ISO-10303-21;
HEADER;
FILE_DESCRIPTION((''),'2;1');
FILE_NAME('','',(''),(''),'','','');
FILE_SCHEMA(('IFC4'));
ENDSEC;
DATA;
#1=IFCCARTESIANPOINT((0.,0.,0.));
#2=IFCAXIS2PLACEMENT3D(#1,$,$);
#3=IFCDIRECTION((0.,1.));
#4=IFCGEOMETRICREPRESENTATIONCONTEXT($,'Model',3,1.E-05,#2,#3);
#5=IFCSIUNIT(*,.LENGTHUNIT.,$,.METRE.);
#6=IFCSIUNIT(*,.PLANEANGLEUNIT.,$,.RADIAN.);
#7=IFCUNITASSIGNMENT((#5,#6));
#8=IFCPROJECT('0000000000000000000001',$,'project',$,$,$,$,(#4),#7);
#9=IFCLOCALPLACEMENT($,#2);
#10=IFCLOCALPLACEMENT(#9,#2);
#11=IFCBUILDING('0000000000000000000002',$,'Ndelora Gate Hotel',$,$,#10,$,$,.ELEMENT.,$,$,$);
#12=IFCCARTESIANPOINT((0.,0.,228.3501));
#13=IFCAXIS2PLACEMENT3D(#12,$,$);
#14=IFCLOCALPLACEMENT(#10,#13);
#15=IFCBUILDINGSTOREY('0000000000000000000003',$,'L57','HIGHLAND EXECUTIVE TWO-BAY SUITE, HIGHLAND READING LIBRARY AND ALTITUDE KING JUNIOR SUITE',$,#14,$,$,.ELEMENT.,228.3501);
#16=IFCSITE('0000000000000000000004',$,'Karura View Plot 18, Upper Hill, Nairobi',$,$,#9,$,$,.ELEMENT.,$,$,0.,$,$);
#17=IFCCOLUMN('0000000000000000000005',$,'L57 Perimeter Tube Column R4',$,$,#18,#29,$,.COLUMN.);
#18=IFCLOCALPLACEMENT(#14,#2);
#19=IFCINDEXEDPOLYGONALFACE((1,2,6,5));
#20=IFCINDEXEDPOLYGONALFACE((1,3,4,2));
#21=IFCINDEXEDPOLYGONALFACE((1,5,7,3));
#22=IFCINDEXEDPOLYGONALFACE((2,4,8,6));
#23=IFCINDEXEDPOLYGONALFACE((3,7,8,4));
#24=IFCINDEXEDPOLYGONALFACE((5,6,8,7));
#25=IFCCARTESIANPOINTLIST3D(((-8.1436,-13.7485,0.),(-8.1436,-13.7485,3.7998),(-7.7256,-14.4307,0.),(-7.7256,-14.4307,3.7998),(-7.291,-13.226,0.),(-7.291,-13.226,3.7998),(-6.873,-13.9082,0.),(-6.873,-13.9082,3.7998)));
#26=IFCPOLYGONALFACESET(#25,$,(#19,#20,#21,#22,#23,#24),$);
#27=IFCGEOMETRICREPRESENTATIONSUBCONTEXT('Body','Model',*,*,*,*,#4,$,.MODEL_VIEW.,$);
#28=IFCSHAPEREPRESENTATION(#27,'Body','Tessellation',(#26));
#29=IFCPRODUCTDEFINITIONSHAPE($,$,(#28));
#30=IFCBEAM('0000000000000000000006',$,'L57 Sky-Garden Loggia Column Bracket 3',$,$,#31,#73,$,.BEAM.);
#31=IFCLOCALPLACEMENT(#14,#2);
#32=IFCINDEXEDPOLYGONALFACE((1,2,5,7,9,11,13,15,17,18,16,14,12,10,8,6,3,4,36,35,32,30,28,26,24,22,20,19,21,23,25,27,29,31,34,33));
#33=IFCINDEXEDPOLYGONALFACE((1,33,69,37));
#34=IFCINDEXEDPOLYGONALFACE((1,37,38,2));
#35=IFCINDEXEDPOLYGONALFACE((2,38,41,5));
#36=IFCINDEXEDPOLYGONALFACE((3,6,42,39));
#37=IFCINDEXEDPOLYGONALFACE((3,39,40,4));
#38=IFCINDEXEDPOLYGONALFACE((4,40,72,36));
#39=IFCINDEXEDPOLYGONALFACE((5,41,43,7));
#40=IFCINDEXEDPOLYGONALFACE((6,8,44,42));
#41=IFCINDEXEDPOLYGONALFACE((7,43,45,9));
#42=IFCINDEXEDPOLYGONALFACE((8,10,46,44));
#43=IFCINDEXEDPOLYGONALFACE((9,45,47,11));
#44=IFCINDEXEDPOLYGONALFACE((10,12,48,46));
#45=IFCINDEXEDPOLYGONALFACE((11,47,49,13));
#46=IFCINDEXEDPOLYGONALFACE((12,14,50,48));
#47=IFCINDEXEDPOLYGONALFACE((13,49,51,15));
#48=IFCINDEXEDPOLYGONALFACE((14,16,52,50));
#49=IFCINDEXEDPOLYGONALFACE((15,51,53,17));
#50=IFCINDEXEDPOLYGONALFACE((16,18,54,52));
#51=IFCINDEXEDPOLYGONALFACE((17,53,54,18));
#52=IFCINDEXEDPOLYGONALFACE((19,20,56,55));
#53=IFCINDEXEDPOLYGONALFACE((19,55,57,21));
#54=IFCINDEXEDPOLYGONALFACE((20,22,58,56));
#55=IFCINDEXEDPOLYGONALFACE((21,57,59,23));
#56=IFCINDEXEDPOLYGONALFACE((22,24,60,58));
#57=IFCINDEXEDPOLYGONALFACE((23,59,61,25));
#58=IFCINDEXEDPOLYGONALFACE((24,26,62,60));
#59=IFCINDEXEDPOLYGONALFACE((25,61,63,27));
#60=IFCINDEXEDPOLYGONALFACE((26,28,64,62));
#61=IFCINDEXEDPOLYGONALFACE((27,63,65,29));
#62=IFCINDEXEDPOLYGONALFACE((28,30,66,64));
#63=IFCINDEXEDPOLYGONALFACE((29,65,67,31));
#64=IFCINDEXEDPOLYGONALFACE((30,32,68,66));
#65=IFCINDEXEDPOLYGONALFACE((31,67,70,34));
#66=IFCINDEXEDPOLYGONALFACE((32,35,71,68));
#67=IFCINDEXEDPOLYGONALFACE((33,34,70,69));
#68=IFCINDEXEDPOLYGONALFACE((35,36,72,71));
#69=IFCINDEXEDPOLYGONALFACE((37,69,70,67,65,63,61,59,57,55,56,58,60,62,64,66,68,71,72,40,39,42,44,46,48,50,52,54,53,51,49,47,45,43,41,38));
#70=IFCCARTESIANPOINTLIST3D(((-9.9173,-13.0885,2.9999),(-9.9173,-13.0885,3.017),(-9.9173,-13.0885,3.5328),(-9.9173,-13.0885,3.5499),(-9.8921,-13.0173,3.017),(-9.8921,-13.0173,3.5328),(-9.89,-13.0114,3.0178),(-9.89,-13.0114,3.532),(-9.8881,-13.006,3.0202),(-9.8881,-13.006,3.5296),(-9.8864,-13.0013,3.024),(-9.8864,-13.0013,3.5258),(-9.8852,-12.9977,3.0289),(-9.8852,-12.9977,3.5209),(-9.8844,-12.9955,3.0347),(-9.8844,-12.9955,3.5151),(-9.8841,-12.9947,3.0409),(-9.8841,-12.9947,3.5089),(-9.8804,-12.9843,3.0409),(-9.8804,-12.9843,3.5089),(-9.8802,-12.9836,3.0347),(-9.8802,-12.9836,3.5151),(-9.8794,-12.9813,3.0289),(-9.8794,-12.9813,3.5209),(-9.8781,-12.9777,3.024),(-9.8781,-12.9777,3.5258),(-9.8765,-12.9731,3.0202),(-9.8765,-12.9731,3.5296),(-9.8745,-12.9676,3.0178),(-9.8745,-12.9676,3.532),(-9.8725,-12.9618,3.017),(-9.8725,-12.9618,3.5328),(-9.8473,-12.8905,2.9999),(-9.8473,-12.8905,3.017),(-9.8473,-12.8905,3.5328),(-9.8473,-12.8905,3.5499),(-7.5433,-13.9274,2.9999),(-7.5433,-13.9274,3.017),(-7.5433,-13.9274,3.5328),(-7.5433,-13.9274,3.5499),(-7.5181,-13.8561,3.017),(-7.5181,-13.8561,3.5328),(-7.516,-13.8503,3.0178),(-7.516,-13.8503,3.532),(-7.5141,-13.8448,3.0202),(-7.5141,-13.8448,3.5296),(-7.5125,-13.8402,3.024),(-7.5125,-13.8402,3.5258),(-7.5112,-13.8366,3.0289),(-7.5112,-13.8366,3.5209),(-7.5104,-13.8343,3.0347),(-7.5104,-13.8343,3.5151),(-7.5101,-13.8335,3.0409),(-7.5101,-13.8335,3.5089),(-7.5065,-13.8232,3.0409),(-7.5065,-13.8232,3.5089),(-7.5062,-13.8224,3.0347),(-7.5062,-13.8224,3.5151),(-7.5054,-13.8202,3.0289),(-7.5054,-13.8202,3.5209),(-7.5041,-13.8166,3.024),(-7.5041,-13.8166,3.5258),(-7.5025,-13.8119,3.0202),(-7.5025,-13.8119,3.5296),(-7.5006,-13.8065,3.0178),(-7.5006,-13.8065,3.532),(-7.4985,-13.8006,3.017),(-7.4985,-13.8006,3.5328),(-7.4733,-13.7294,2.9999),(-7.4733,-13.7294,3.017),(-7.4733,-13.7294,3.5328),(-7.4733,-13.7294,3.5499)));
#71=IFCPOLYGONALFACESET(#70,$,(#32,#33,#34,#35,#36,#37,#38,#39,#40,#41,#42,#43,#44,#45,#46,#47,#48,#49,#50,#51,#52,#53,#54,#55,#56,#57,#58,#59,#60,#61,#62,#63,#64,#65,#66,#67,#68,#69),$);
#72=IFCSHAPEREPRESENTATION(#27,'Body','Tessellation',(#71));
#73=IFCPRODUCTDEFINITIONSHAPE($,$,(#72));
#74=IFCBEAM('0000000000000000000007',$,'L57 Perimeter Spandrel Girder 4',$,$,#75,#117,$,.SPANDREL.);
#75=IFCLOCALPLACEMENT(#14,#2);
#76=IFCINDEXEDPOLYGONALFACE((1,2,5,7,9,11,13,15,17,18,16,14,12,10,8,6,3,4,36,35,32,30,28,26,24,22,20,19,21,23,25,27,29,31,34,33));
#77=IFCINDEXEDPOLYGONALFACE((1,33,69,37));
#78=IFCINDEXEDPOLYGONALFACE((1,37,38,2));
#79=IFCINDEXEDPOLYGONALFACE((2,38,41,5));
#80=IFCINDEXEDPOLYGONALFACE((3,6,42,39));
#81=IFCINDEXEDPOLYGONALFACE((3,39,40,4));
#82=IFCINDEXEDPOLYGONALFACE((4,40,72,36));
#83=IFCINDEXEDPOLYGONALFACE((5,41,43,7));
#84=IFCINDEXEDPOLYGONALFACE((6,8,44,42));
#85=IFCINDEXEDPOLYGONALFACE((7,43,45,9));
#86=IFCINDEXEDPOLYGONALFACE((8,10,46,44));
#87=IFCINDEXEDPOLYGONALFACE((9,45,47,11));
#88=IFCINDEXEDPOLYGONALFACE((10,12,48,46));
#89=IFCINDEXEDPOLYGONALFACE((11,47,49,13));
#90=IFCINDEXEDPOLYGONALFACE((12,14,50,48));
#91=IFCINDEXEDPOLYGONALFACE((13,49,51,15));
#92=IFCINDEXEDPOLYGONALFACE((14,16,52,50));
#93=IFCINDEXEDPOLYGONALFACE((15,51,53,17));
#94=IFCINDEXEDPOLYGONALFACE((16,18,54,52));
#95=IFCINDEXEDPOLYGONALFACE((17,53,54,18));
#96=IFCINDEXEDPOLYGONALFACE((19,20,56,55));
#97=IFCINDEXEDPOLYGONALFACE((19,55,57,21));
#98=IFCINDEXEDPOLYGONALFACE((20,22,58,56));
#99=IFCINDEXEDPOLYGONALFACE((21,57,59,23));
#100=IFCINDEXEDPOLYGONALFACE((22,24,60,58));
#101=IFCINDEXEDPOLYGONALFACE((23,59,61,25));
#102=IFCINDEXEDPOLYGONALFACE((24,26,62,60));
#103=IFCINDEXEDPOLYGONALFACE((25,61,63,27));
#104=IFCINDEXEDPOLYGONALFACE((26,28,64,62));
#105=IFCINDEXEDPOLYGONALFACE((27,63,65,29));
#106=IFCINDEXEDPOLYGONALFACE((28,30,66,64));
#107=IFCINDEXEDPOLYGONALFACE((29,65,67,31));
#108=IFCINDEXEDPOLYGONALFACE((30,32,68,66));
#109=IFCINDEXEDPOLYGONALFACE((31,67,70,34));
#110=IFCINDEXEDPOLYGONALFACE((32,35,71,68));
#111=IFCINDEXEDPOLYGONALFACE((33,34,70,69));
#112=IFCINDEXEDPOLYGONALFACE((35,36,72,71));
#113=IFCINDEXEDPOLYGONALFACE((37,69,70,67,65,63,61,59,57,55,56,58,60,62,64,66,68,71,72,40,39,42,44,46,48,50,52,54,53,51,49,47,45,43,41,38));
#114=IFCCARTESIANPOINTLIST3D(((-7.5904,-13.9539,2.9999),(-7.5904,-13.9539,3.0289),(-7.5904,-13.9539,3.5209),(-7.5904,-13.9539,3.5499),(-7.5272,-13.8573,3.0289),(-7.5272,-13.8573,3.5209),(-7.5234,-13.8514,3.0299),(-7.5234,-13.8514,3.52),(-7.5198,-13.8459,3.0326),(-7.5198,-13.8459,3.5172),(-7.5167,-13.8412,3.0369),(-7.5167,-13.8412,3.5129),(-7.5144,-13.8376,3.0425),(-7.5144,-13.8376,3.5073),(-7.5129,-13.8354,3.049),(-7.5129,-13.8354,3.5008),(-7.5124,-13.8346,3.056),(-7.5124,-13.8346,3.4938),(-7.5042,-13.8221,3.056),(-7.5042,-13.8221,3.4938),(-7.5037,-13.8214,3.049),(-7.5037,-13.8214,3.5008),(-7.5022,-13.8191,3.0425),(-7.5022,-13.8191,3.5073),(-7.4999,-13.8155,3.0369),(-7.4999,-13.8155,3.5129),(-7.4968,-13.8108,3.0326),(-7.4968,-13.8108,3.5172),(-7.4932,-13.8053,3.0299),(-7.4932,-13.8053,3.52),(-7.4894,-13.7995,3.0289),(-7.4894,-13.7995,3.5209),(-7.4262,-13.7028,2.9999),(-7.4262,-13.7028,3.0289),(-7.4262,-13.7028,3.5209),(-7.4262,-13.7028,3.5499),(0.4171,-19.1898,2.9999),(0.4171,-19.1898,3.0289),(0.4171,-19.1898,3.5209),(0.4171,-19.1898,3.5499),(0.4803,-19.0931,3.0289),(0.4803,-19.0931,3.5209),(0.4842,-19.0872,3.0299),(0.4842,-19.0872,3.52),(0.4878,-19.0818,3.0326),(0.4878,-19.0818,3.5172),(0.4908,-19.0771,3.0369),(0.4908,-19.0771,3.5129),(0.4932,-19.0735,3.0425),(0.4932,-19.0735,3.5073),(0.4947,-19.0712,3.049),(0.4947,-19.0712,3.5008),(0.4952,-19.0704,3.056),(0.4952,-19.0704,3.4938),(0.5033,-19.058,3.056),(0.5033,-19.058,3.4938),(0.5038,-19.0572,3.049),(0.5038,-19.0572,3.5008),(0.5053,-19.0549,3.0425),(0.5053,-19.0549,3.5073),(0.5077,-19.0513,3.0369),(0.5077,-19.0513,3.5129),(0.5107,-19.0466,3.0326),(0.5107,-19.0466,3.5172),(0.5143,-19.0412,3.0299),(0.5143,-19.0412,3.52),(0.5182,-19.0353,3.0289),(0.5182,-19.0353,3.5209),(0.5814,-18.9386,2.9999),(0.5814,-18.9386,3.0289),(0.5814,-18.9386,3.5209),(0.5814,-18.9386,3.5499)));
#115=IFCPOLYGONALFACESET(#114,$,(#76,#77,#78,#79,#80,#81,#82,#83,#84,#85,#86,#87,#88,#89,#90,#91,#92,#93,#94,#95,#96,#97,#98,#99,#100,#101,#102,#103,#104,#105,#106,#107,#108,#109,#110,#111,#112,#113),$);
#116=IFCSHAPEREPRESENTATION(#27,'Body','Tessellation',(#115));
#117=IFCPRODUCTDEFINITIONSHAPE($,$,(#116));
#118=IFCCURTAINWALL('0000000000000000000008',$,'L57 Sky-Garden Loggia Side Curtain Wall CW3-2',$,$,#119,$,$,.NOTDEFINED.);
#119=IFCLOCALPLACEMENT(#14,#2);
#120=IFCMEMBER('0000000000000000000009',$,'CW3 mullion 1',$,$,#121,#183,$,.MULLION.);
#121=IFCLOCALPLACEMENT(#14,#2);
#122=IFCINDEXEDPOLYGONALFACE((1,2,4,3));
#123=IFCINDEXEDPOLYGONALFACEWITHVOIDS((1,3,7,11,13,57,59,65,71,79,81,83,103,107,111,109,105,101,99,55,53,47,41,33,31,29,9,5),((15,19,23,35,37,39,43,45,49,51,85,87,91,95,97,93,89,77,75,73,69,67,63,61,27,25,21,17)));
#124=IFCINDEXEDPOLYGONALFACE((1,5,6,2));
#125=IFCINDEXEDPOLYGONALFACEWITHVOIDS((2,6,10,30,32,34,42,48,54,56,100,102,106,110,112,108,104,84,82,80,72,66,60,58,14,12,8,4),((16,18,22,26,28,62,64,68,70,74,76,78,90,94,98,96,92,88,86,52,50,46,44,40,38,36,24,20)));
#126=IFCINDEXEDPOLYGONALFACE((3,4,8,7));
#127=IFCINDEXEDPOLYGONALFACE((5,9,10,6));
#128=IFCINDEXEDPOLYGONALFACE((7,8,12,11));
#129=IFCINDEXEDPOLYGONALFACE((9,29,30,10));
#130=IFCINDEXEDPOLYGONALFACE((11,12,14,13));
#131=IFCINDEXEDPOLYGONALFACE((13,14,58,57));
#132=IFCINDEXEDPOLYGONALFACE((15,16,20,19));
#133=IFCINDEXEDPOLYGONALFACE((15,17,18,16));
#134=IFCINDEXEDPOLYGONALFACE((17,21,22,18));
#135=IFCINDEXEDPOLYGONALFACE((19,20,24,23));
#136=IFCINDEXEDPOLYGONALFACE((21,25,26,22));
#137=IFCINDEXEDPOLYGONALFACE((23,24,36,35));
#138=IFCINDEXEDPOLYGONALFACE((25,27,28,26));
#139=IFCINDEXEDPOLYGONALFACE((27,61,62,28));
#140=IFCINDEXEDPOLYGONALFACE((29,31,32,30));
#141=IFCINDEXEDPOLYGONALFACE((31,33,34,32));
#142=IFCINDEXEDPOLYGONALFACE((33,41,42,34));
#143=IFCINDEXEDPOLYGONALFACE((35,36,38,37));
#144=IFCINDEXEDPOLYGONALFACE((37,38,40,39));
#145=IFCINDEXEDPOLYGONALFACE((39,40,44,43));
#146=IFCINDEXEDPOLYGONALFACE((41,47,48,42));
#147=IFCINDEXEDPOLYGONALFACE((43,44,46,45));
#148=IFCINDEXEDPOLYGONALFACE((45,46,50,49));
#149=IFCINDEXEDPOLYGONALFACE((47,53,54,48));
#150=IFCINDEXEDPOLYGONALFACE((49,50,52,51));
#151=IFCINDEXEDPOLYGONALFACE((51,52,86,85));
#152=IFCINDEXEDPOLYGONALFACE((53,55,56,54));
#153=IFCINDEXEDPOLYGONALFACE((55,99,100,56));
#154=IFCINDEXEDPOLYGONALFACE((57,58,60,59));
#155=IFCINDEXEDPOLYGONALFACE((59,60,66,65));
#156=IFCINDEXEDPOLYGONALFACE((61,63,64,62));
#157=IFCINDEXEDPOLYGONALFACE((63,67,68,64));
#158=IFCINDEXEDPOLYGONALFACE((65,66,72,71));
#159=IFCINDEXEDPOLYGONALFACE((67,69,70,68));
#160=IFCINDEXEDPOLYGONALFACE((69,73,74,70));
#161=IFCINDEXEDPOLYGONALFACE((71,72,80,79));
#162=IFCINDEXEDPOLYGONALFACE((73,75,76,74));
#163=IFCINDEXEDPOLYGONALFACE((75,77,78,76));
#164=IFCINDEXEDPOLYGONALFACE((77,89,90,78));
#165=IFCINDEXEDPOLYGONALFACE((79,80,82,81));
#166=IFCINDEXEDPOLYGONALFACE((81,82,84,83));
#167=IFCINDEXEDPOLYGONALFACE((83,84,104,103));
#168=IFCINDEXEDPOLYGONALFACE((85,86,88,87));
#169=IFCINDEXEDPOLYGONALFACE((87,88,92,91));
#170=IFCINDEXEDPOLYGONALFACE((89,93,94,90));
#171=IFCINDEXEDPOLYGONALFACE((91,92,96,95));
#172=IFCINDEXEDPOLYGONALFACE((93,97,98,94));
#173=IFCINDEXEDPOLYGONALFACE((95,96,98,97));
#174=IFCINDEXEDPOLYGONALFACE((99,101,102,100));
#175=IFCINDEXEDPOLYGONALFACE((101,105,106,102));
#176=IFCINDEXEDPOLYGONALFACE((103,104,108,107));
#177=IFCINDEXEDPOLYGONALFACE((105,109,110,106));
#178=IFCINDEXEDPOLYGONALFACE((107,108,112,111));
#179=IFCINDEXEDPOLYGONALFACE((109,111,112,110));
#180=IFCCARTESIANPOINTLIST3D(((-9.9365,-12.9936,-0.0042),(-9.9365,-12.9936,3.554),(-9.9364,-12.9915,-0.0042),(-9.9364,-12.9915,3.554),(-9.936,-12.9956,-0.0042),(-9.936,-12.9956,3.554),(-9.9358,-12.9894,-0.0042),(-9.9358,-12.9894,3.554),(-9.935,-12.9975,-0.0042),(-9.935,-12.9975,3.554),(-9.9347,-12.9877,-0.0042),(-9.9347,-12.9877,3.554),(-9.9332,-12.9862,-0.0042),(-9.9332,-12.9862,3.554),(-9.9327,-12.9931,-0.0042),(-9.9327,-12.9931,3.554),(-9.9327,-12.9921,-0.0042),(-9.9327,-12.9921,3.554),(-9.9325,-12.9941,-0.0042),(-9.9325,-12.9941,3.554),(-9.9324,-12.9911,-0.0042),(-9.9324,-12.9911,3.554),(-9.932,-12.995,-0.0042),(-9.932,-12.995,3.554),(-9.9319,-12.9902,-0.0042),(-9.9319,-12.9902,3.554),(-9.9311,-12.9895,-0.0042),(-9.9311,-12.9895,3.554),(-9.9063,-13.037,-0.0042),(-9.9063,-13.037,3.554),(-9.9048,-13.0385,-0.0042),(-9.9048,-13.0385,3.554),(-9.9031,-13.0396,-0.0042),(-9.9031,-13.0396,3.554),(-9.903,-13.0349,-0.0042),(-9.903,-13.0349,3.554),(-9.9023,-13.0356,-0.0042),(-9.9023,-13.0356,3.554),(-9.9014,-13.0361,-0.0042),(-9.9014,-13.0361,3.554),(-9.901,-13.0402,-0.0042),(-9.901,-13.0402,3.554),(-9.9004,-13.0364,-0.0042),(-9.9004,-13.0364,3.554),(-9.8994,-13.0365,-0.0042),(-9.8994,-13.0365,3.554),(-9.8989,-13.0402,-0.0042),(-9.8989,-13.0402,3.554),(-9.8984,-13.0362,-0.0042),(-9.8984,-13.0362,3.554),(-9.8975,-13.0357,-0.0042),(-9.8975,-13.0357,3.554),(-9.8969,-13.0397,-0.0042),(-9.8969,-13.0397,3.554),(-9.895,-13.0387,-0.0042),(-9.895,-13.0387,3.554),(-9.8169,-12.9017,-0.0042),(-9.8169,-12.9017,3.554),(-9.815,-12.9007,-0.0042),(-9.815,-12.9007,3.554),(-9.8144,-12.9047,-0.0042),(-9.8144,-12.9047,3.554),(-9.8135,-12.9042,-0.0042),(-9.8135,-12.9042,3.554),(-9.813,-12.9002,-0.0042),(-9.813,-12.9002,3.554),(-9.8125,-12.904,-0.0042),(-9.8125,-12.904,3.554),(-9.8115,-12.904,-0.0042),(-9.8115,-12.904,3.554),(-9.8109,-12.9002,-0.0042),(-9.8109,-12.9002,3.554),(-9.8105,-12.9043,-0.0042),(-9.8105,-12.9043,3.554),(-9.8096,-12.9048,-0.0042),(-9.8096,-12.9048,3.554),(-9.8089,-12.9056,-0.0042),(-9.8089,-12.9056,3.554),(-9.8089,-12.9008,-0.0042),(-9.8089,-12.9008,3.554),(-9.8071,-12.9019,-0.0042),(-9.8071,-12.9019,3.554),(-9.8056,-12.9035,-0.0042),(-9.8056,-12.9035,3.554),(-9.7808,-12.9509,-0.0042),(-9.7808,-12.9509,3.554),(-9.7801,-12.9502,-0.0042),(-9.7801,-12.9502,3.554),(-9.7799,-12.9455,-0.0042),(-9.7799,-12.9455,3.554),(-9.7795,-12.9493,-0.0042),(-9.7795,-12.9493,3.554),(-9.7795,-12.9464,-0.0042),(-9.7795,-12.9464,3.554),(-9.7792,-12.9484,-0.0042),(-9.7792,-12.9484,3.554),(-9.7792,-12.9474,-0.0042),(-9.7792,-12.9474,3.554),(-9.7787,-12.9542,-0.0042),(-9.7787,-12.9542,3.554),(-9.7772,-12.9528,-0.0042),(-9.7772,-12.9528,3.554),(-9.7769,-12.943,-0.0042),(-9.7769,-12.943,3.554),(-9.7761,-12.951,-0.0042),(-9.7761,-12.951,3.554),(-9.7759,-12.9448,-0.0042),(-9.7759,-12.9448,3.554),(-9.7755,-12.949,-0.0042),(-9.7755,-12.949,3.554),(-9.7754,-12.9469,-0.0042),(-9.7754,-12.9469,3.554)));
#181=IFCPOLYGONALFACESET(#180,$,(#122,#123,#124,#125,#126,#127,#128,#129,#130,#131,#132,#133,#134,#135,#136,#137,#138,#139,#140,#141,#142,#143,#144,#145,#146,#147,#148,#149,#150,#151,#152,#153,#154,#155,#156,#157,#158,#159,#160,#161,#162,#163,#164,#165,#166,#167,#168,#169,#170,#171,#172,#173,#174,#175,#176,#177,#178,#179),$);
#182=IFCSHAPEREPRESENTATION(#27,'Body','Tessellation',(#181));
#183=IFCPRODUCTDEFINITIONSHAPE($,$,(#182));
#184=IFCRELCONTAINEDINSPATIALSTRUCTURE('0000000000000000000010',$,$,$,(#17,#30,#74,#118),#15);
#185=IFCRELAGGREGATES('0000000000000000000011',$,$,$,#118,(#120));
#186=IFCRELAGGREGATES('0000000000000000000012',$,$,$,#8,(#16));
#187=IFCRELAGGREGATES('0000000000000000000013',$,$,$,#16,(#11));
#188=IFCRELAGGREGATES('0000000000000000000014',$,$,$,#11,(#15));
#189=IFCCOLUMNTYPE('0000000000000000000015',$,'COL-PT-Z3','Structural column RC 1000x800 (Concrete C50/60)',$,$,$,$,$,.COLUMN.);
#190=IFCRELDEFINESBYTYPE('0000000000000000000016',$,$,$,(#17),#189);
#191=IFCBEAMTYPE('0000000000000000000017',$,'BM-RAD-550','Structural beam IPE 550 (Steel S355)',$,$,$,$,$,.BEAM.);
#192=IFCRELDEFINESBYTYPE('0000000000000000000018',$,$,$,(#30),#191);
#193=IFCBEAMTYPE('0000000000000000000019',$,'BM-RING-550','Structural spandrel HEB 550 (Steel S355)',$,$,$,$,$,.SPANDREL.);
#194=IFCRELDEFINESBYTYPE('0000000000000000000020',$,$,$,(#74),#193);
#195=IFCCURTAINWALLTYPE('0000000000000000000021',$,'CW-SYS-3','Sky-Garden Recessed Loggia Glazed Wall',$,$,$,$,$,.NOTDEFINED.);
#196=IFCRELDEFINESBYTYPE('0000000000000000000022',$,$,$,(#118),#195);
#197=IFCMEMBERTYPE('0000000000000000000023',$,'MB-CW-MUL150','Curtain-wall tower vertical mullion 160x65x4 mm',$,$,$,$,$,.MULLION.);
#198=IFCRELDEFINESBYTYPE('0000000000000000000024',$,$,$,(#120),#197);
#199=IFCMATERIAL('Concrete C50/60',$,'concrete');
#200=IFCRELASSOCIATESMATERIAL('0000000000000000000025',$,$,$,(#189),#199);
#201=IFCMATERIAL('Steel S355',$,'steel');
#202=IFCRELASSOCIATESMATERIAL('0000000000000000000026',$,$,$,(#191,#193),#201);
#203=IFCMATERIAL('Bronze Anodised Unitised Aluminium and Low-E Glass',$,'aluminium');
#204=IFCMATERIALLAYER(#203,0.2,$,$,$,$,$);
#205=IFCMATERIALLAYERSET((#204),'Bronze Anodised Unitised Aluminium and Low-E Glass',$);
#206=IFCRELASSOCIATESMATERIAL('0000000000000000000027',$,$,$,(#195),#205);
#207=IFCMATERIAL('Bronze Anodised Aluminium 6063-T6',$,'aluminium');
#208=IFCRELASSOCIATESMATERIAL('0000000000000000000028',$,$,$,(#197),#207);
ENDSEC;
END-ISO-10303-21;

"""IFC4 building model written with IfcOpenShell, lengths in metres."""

from ifc_helpers import new_model, si_unit, direction, frame, origin, origin_2d, place, context, subcontext, project, spatial, rectangle, hollow_rectangle, i_section, extrude, material, layer, layer_set, material_profile, profile_set, type_object, element, aggregate, save


model = new_model("IFC4")

# Units and contexts
model_context = context("Model", 3, precision=1e-05, world=origin(), true_north=direction((0.0, 1.0)))
body_context = subcontext(model_context, "Body", "Model", "MODEL_VIEW")
ifc_project = project(units=[si_unit("LENGTHUNIT", "METRE"), si_unit("PLANEANGLEUNIT", "RADIAN")], contexts=[model_context])

# Site, building, storey
site_placement = place(None, origin())
site = spatial("IfcSite", under=ifc_project, at=site_placement, Name="Karura View Plot 18, Upper Hill, Nairobi", CompositionType="ELEMENT", RefElevation=0.0)
building_placement = place(site_placement, origin())
building = spatial("IfcBuilding", under=site, at=building_placement, Name="Ndelora Gate Hotel", CompositionType="ELEMENT")
storey_placement = place(building_placement, frame((0.0, 0.0, 228.3501)))
storey = spatial("IfcBuildingStorey", under=building, at=storey_placement, Name="L57", Description="HIGHLAND EXECUTIVE TWO-BAY SUITE, HIGHLAND READING LIBRARY AND ALTITUDE KING JUNIOR SUITE", CompositionType="ELEMENT", Elevation=228.3501)

# Column
ifc_material_1 = material(Name="Concrete C50/60", Category="concrete")
ifc_material_profile_1 = material_profile(ifc_material_1, rectangle(XDim=0.8, YDim=1.0, at=origin_2d()), Name="RC 1000x800")
ifc_profile_set_1 = profile_set([ifc_material_profile_1], Name="Concrete C50/60")
column_type = type_object("IfcColumnType", Name="COL-PT-Z3", Description="Structural column RC 1000x800 (Concrete C50/60)", PredefinedType="COLUMN", material=ifc_profile_set_1)
column_placement = place(storey_placement, frame((-7.5083, -13.8284, 0.0), z_axis=(0.0, 0.0, 1.0), x_axis=(-0.522499, 0.85264, 0.0)))
element("IfcColumn", 1, at=column_placement, inside=storey, type_object=column_type, Name="L57 Perimeter Tube Column R4", PredefinedType="COLUMN", context=body_context, shape_type="SweptSolid", body=[
    extrude(rectangle(XDim=0.8, YDim=1.0, at=origin_2d()), origin(), (0.0, 0.0, 1.0), 3.7998),
])

# Beams
ifc_material_2 = material(Name="Steel S355", Category="steel")
ifc_material_profile_2 = material_profile(ifc_material_2, i_section(OverallWidth=0.21, OverallDepth=0.55, WebThickness=0.011, FlangeThickness=0.0171, FilletRadius=0.0239, at=origin_2d()), Name="IPE 550")
ifc_profile_set_2 = profile_set([ifc_material_profile_2], Name="Steel S355")
beam_type_1 = type_object("IfcBeamType", Name="BM-RAD-550", Description="Structural beam IPE 550 (Steel S355)", PredefinedType="BEAM", material=ifc_profile_set_2)
beam_1_placement = place(storey_placement, frame((-7.5083, -13.8284, 3.2749), z_axis=(-0.942869, 0.333165, 0.0), x_axis=(-0.333165, -0.942869, 0.0)))
element("IfcBeam", 2, at=beam_1_placement, inside=storey, type_object=beam_type_1, Name="L57 Sky-Garden Loggia Column Bracket 3", PredefinedType="BEAM", context=body_context, shape_type="SweptSolid", body=[
    extrude(i_section(OverallWidth=0.21, OverallDepth=0.55, WebThickness=0.011, FlangeThickness=0.0171, FilletRadius=0.0239, at=origin_2d()), origin(), (0.0, 0.0, 1.0), 2.5178),
])
ifc_material_profile_3 = material_profile(ifc_material_2, i_section(OverallWidth=0.3, OverallDepth=0.55, WebThickness=0.0149, FlangeThickness=0.0291, FilletRadius=0.0271, at=origin_2d()), Name="HEB 550")
ifc_profile_set_3 = profile_set([ifc_material_profile_3], Name="Steel S355")
beam_type_2 = type_object("IfcBeamType", Name="BM-RING-550", Description="Structural spandrel HEB 550 (Steel S355)", PredefinedType="SPANDREL", material=ifc_profile_set_3)
beam_2_placement = place(storey_placement, frame((-7.5083, -13.8284, 3.2749), z_axis=(0.836964, -0.547258, 0.0), x_axis=(0.547258, 0.836964, 0.0)))
element("IfcBeam", 3, at=beam_2_placement, inside=storey, type_object=beam_type_2, Name="L57 Perimeter Spandrel Girder 4", PredefinedType="SPANDREL", context=body_context, shape_type="SweptSolid", body=[
    extrude(i_section(OverallWidth=0.3, OverallDepth=0.55, WebThickness=0.0149, FlangeThickness=0.0291, FilletRadius=0.0271, at=origin_2d()), origin(), (0.0, 0.0, 1.0), 9.5674),
])

# Curtain wall, member
ifc_material_3 = material(Name="Bronze Anodised Unitised Aluminium and Low-E Glass", Category="aluminium")
ifc_layer_1 = layer(ifc_material_3, 0.2)
ifc_layer_set_1 = layer_set([ifc_layer_1], Name="Bronze Anodised Unitised Aluminium and Low-E Glass")
curtain_wall_type = type_object("IfcCurtainWallType", Name="CW-SYS-3", Description="Sky-Garden Recessed Loggia Glazed Wall", PredefinedType="NOTDEFINED", material=ifc_layer_set_1)
curtain_wall_placement = place(storey_placement, origin())
curtain_wall = element("IfcCurtainWall", 4, at=curtain_wall_placement, inside=storey, type_object=curtain_wall_type, Name="L57 Sky-Garden Loggia Side Curtain Wall CW3-2", PredefinedType="NOTDEFINED")
ifc_material_4 = material(Name="Bronze Anodised Aluminium 6063-T6", Category="aluminium")
ifc_material_profile_4 = material_profile(ifc_material_4, hollow_rectangle(XDim=0.0649, YDim=0.1599, WallThickness=0.0039, InnerFilletRadius=0.0039, OuterFilletRadius=0.0081, at=origin_2d()), Name="ALU 160x65x4")
ifc_profile_set_4 = profile_set([ifc_material_profile_4], Name="Bronze Anodised Aluminium 6063-T6")
member_type_1 = type_object("IfcMemberType", Name="MB-CW-MUL150", Description="Curtain-wall tower vertical mullion 160x65x4 mm", PredefinedType="MULLION", material=ifc_profile_set_4)
member_1_placement = place(storey_placement, frame((-9.856, -12.9702, -0.0042), z_axis=(0.0, 0.0, 1.0), x_axis=(-0.587764, 0.809033, 0.0)))
member_1 = element("IfcMember", 5, at=member_1_placement, type_object=member_type_1, Name="CW3 mullion 1", PredefinedType="MULLION", context=body_context, shape_type="SweptSolid", body=[
    extrude(hollow_rectangle(XDim=0.0649, YDim=0.1599, WallThickness=0.0039, InnerFilletRadius=0.0039, OuterFilletRadius=0.0081, at=origin_2d()), origin(), (0.0, 0.0, 1.0), 3.5581),
])
aggregate(curtain_wall, [member_1])

save(model, "model.ifc")
